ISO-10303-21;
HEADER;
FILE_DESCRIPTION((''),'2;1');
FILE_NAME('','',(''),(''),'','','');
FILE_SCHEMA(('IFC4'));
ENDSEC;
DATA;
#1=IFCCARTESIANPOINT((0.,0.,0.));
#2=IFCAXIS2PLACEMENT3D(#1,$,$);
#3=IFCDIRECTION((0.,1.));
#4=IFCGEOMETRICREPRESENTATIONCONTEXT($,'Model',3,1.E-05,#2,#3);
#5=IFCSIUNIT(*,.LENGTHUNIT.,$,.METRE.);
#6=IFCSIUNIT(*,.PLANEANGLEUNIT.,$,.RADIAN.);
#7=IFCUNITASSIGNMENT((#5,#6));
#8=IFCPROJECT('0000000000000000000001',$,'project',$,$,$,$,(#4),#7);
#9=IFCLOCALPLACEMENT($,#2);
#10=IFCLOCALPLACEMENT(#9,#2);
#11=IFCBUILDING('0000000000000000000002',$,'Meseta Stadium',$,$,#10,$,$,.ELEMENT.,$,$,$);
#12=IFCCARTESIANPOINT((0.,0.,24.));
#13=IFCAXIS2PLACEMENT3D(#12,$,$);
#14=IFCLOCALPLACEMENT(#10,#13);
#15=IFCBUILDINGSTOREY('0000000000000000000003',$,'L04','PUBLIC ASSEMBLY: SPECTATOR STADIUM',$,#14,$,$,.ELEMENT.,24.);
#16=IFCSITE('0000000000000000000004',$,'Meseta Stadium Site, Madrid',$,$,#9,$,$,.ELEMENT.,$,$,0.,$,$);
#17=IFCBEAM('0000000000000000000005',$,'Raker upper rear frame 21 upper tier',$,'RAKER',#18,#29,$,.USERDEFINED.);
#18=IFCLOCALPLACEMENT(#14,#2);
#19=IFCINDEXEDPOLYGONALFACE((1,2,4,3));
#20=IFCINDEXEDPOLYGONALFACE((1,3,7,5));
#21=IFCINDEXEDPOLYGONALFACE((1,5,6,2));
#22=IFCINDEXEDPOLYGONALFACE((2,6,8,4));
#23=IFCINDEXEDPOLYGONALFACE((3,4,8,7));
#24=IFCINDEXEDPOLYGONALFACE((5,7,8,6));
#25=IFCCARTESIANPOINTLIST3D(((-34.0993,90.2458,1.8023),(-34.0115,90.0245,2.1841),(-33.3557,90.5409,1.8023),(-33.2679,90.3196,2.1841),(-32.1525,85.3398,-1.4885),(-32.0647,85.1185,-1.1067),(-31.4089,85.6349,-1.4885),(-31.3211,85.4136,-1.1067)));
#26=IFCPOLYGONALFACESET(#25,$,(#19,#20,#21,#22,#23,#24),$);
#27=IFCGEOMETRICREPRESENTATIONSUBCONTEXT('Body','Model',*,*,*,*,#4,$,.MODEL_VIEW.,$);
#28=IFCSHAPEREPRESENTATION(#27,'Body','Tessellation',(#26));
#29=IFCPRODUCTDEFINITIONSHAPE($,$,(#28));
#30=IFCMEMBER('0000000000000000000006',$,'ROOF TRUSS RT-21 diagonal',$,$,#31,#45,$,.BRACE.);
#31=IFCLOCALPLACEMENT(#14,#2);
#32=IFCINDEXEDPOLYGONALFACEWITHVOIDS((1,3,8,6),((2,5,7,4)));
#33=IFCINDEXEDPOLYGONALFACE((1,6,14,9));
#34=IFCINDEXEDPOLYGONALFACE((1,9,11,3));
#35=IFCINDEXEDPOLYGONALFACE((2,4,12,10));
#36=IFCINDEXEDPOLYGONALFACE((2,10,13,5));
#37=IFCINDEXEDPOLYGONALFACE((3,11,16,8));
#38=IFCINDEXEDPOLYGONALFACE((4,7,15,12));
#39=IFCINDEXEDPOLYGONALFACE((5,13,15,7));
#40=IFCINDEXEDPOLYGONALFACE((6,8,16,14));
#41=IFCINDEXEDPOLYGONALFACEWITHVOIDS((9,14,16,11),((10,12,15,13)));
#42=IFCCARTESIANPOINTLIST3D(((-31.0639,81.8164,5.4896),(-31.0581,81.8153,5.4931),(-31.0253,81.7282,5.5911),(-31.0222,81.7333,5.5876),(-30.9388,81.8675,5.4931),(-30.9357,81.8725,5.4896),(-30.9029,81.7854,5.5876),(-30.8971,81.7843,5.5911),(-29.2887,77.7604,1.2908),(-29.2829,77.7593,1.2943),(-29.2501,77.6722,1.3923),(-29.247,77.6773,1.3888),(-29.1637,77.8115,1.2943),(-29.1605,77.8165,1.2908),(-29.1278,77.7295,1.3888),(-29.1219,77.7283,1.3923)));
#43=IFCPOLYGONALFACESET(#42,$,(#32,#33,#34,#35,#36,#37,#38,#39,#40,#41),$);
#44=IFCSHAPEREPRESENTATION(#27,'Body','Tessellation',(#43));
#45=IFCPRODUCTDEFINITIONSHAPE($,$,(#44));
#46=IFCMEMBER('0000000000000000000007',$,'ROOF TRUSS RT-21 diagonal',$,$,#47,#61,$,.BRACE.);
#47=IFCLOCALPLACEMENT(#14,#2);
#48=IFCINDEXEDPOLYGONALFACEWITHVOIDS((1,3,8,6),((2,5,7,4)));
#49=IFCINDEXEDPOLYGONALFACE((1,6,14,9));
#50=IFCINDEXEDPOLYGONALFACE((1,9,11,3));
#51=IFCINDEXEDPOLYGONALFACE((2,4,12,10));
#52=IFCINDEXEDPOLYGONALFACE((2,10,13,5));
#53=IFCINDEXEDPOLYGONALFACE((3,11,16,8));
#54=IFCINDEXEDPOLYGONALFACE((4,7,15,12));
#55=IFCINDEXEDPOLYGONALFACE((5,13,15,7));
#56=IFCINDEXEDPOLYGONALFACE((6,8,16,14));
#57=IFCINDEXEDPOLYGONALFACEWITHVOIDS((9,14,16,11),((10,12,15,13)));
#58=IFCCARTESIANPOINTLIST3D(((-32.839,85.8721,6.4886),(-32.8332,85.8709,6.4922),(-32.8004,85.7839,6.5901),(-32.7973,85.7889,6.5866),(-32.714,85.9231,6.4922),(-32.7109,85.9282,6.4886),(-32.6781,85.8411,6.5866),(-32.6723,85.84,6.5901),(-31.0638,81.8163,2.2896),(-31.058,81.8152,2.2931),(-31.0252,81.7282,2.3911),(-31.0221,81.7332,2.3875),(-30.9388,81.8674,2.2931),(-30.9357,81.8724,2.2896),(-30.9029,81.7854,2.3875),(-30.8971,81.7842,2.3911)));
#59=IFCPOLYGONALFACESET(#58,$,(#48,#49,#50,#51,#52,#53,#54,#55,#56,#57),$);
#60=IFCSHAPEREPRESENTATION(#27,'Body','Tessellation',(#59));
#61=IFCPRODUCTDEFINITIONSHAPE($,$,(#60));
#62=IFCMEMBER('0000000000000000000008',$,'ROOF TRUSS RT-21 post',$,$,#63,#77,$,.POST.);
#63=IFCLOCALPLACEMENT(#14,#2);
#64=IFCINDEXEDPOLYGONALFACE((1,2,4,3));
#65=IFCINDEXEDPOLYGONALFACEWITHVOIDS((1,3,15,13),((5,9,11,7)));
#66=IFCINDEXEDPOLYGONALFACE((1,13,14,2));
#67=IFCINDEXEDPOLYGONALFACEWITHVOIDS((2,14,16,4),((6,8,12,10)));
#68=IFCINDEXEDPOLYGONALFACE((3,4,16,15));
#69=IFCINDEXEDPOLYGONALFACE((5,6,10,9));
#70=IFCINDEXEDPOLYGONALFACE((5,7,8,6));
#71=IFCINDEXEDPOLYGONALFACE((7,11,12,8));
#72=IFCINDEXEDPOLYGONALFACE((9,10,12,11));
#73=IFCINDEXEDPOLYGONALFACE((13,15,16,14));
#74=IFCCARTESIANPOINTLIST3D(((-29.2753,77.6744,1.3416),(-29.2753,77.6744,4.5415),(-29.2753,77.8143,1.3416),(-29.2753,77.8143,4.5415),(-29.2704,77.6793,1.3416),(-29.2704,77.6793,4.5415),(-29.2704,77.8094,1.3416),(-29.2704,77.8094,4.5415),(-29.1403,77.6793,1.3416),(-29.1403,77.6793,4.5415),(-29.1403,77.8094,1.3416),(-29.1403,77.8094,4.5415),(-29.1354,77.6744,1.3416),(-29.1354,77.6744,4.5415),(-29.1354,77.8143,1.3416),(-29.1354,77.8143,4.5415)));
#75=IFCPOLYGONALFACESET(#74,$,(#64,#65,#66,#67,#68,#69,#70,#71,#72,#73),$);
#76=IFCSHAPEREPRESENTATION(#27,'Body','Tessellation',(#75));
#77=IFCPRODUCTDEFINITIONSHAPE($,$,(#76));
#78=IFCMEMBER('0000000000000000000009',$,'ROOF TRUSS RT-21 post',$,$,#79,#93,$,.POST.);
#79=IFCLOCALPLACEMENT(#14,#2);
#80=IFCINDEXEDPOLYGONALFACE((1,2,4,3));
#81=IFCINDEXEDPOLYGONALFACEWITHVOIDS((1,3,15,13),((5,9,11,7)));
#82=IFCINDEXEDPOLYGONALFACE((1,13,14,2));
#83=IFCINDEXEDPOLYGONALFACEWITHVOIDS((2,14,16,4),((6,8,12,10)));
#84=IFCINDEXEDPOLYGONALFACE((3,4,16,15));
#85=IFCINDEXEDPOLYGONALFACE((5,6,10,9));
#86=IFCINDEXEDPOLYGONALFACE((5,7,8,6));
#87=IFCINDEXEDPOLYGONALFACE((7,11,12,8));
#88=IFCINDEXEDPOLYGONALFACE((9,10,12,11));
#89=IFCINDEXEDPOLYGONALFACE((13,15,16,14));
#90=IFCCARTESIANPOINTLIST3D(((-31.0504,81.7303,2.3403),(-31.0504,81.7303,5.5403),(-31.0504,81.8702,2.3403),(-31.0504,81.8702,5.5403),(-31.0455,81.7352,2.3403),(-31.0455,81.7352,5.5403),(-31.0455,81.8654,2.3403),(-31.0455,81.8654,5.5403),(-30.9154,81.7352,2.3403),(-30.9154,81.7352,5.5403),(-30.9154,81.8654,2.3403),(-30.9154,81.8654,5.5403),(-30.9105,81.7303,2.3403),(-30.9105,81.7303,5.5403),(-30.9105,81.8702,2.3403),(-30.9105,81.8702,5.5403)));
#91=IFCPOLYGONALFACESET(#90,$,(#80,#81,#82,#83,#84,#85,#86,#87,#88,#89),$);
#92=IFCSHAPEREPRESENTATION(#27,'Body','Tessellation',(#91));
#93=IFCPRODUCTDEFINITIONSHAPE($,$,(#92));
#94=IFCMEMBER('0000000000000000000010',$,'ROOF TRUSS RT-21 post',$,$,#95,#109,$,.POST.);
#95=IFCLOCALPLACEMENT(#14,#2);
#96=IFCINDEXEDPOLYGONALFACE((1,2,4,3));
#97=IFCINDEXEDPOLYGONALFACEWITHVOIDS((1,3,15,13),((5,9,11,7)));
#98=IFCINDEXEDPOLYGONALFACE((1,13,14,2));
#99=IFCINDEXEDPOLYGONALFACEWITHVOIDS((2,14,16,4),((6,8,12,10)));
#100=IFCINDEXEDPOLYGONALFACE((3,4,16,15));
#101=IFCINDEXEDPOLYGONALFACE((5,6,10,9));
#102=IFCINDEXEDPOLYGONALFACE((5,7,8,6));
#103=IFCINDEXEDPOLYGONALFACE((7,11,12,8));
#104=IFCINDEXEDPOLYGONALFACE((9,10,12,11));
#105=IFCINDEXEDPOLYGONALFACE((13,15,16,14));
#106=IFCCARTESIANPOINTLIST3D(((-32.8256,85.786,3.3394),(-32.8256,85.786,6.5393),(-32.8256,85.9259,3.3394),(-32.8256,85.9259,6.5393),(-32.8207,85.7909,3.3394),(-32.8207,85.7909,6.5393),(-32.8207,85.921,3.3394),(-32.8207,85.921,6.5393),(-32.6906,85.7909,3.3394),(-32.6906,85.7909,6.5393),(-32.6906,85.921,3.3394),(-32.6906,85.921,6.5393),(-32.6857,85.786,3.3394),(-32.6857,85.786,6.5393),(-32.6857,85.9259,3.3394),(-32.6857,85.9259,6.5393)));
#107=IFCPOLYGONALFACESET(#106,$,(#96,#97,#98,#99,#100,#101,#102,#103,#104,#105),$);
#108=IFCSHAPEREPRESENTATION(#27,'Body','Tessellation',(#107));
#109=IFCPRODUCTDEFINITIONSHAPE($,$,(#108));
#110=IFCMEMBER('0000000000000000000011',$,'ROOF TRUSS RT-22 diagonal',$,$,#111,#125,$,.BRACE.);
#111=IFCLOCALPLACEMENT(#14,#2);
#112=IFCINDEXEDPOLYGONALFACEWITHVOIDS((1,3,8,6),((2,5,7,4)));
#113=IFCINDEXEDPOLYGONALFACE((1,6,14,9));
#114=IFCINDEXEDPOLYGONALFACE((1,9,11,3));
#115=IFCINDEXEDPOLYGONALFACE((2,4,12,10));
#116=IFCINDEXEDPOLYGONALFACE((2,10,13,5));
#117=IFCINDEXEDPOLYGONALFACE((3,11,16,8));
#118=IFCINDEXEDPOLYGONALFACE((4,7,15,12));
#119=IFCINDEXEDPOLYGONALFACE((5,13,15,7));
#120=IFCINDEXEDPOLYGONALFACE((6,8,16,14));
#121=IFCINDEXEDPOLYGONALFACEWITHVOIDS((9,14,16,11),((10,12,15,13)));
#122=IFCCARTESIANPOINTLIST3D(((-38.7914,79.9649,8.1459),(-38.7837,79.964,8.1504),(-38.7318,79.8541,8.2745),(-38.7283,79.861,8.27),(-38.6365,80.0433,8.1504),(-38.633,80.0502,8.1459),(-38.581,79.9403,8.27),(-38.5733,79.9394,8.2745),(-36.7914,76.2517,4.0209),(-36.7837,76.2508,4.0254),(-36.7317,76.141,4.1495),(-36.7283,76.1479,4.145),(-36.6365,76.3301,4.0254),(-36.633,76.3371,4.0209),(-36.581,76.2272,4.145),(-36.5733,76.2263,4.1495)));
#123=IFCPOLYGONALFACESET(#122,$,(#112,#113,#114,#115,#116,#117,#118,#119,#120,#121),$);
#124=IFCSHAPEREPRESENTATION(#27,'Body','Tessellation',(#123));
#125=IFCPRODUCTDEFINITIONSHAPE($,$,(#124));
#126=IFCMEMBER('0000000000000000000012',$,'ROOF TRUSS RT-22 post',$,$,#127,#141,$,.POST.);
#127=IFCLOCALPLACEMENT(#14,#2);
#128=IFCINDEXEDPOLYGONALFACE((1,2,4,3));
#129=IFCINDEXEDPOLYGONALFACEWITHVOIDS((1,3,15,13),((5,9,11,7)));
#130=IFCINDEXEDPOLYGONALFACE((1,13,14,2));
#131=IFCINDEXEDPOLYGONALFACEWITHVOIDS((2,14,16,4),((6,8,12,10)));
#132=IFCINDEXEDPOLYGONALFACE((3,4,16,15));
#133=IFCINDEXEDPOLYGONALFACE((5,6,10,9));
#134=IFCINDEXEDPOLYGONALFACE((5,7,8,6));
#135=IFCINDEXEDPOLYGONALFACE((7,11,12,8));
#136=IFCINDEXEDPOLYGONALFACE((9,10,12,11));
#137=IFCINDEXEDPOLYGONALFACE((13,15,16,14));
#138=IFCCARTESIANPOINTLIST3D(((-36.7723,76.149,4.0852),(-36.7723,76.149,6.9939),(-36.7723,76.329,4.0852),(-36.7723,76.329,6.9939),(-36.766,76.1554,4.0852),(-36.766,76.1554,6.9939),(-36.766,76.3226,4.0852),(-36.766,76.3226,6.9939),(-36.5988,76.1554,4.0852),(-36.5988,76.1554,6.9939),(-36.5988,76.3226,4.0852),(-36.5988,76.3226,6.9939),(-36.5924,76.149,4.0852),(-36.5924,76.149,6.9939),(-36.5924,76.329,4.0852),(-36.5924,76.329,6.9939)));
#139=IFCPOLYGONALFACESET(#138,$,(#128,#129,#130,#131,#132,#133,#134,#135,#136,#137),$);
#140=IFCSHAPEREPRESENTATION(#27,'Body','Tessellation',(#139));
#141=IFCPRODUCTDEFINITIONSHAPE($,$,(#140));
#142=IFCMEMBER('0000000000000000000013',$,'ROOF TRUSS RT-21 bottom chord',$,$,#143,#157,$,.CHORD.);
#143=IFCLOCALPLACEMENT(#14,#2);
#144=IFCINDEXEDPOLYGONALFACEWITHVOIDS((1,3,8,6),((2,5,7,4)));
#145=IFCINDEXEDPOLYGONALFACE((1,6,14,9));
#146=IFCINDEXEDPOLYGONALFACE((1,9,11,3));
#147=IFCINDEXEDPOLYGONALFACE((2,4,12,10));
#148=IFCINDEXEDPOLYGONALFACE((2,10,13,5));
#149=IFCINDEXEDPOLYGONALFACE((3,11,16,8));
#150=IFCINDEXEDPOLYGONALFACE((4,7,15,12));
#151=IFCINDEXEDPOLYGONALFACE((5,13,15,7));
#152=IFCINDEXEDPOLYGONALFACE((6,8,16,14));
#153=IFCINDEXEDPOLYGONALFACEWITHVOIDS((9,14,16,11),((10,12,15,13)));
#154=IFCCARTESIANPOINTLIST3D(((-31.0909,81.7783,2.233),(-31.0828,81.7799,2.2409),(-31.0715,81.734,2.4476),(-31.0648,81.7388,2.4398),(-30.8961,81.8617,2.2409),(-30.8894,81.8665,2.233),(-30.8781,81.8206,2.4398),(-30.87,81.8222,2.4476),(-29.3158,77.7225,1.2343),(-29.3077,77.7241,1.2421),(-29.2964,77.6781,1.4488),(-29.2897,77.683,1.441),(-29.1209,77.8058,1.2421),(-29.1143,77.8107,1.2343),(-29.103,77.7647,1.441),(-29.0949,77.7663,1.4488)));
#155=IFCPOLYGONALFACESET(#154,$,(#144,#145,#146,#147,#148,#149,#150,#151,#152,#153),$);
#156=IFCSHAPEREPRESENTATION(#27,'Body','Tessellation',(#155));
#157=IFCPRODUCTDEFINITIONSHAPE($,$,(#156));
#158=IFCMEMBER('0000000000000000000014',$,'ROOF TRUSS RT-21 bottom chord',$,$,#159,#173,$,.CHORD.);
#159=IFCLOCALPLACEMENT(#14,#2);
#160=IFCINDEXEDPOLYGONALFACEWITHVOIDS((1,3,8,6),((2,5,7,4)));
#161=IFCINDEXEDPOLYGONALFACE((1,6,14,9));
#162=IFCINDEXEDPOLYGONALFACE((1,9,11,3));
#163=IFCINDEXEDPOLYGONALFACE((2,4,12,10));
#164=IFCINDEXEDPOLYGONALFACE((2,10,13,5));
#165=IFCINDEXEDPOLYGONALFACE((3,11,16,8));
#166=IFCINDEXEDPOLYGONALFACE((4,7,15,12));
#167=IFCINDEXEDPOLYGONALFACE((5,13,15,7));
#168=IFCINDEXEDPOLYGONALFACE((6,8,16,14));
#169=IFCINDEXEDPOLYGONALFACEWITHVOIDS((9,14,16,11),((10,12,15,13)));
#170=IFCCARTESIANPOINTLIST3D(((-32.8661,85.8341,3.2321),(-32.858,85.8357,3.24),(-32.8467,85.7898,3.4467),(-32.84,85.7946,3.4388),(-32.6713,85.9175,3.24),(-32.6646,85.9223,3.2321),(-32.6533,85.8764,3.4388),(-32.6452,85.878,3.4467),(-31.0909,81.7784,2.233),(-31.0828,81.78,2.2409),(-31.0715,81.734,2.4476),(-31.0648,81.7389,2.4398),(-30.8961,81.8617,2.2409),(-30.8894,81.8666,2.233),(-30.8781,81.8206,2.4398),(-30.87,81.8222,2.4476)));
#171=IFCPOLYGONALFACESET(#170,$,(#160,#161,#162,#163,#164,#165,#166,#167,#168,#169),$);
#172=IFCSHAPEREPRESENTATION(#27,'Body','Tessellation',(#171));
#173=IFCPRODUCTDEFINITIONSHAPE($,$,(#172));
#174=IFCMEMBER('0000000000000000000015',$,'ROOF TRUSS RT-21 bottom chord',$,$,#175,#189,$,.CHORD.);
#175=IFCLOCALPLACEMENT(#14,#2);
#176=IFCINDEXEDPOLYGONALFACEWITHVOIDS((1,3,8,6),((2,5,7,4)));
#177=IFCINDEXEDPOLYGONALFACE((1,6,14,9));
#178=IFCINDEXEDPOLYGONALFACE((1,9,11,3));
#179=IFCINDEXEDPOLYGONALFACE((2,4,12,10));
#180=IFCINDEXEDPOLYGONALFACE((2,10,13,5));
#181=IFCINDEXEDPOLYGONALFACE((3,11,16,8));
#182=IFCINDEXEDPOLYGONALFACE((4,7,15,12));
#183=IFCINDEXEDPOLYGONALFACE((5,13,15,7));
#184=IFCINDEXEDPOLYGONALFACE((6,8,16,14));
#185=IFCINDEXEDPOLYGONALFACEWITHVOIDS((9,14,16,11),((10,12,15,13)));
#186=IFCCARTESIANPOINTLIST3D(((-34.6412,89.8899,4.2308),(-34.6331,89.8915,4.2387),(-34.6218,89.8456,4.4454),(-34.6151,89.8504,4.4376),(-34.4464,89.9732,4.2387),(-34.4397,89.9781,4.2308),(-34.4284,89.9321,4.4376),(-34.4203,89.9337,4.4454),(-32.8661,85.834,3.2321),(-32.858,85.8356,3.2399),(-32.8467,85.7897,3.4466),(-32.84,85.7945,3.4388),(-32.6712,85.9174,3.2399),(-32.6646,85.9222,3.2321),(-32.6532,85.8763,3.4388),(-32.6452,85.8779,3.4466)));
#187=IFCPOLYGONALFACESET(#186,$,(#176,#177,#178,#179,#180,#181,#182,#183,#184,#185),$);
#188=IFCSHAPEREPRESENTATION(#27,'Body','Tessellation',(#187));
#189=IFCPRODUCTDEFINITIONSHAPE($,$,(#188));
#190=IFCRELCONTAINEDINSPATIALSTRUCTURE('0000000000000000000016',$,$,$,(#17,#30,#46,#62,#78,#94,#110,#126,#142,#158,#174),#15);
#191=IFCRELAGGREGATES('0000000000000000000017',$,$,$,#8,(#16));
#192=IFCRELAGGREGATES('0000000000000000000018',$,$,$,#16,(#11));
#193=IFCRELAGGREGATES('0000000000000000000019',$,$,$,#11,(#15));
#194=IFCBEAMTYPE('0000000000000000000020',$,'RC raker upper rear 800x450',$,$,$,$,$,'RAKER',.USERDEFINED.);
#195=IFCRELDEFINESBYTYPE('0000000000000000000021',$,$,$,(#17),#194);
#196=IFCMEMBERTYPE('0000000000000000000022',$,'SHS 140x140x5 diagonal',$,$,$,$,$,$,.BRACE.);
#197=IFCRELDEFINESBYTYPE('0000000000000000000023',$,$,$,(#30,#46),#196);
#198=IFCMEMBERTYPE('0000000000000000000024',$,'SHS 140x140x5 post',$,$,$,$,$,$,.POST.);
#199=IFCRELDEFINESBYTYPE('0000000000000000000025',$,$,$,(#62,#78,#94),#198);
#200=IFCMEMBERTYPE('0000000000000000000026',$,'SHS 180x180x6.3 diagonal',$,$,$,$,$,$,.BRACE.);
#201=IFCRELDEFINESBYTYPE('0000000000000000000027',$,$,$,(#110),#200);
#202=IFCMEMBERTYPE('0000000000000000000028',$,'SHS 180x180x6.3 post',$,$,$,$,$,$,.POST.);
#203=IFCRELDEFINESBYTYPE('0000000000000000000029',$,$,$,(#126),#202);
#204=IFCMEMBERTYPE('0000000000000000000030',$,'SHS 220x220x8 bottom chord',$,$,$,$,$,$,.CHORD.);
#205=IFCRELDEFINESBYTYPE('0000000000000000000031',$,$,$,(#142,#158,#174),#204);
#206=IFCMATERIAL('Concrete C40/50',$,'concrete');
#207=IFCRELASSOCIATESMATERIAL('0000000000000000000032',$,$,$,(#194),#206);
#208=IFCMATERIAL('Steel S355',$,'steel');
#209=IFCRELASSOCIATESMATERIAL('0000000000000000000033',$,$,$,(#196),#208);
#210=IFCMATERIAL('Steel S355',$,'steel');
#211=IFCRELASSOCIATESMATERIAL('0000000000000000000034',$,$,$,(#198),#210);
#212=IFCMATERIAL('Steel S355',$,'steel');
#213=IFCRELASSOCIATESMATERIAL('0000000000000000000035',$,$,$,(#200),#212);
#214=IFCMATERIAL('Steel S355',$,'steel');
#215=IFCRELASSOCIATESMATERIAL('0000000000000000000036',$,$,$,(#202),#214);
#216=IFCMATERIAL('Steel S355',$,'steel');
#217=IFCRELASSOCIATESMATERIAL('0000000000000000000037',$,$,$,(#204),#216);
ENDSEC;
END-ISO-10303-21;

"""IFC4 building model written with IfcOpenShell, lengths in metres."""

from ifc_helpers import new_model, si_unit, direction, frame, origin, origin_2d, place, context, subcontext, project, spatial, rectangle, hollow_rectangle, extrude, material, material_profile, profile_set, type_object, element, save


model = new_model("IFC4")

# Units and contexts
model_context = context("Model", 3, precision=1e-05, world=origin(), true_north=direction((0.0, 1.0)))
body_context = subcontext(model_context, "Body", "Model", "MODEL_VIEW")
ifc_project = project(units=[si_unit("LENGTHUNIT", "METRE"), si_unit("PLANEANGLEUNIT", "RADIAN")], contexts=[model_context])

# Site, building, storey
site_placement = place(None, origin())
site = spatial("IfcSite", under=ifc_project, at=site_placement, Name="Meseta Stadium Site, Madrid", CompositionType="ELEMENT", RefElevation=0.0)
building_placement = place(site_placement, origin())
building = spatial("IfcBuilding", under=site, at=building_placement, Name="Meseta Stadium", CompositionType="ELEMENT")
storey_placement = place(building_placement, frame((0.0, 0.0, 24.0)))
storey = spatial("IfcBuildingStorey", under=building, at=storey_placement, Name="L04", Description="PUBLIC ASSEMBLY: SPECTATOR STADIUM", CompositionType="ELEMENT", Elevation=24.0)

# Beam
ifc_material_1 = material(Name="Concrete C40/50", Category="concrete")
ifc_material_profile_1 = material_profile(ifc_material_1, rectangle(XDim=0.8, YDim=0.45, at=origin_2d()), Name="RC 800x450")
ifc_profile_set_1 = profile_set([ifc_material_profile_1], Name="Concrete C40/50")
beam_type = type_object("IfcBeamType", Name="RC raker upper rear 800x450", ElementType="RAKER", PredefinedType="USERDEFINED", material=ifc_profile_set_1)
beam_placement = place(storey_placement, frame((-31.7368, 85.3767, -1.2976), z_axis=(-0.312988, 0.788751, 0.529066), x_axis=(-0.929494, -0.368837, 0.0)))
element("IfcBeam", 1, at=beam_placement, inside=storey, type_object=beam_type, Name="Raker upper rear frame 21 upper tier", ObjectType="RAKER", PredefinedType="USERDEFINED", context=body_context, shape_type="SweptSolid", body=[
    extrude(rectangle(XDim=0.8, YDim=0.45, at=origin_2d()), origin(), (0.0, 0.0, 1.0), 6.22),
])

# Members
ifc_material_2 = material(Name="Steel S355", Category="steel")
ifc_material_profile_2 = material_profile(ifc_material_2, hollow_rectangle(XDim=0.1399, YDim=0.1399, WallThickness=0.0049, at=origin_2d()), Name="SHS 140x140x5")
ifc_profile_set_2 = profile_set([ifc_material_profile_2], Name="Steel S355")
member_type_1 = type_object("IfcMemberType", Name="SHS 140x140x5 diagonal", PredefinedType="BRACE", material=ifc_profile_set_2)
for number, where, z_axis, x_axis, name in (
    (2, (-29.2053, 77.7444, 1.3416), (-0.290926, 0.664717, 0.688123), (-0.9161, -0.400949, 0.0), "ROOF TRUSS RT-21 diagonal"),
    (3, (-30.9805, 81.8003, 2.3403), (-0.290926, 0.664676, 0.688163), (-0.916092, -0.400969, 0.0), "ROOF TRUSS RT-21 diagonal"),
):
    element("IfcMember", number, at=place(storey_placement, frame(where, z_axis=z_axis, x_axis=x_axis)), inside=storey, type_object=member_type_1, Name=name, PredefinedType="BRACE", context=body_context, shape_type="SweptSolid", body=[
        extrude(hollow_rectangle(XDim=0.1399, YDim=0.1399, WallThickness=0.0049, at=origin_2d()), origin(), (0.0, 0.0, 1.0), 6.1018),
    ])
ifc_material_3 = material(Name="Steel S355", Category="steel")
ifc_material_profile_3 = material_profile(ifc_material_3, hollow_rectangle(XDim=0.1399, YDim=0.1399, WallThickness=0.0049, at=origin_2d()), Name="SHS 140x140x5")
ifc_profile_set_3 = profile_set([ifc_material_profile_3], Name="Steel S355")
member_type_2 = type_object("IfcMemberType", Name="SHS 140x140x5 post", PredefinedType="POST", material=ifc_profile_set_3)
for number, where, z_axis, x_axis, name in (
    (4, (-29.2053, 77.7444, 1.3416), (0.0, 0.0, 1.0), (1.0, 0.0, 0.0), "ROOF TRUSS RT-21 post"),
    (5, (-30.9805, 81.8003, 2.3403), (0.0, 0.0, 1.0), (1.0, 0.0, 0.0), "ROOF TRUSS RT-21 post"),
    (6, (-32.7556, 85.856, 3.3394), (0.0, 0.0, 1.0), (1.0, 0.0, 0.0), "ROOF TRUSS RT-21 post"),
):
    element("IfcMember", number, at=place(storey_placement, frame(where, z_axis=z_axis, x_axis=x_axis)), inside=storey, type_object=member_type_2, Name=name, PredefinedType="POST", context=body_context, shape_type="SweptSolid", body=[
        extrude(hollow_rectangle(XDim=0.1399, YDim=0.1399, WallThickness=0.0049, at=origin_2d()), origin(), (0.0, 0.0, 1.0), 3.2),
    ])
ifc_material_4 = material(Name="Steel S355", Category="steel")
ifc_material_profile_4 = material_profile(ifc_material_4, hollow_rectangle(XDim=0.1799, YDim=0.1799, WallThickness=0.0063, at=origin_2d()), Name="SHS 180x180x6.3")
ifc_profile_set_4 = profile_set([ifc_material_profile_4], Name="Steel S355")
member_type_3 = type_object("IfcMemberType", Name="SHS 180x180x6.3 diagonal", PredefinedType="BRACE", material=ifc_profile_set_4)
member_1_placement = place(storey_placement, frame((-36.6824, 76.239, 4.0852), z_axis=(-0.339017, 0.629408, 0.699223), x_axis=(-0.88041, -0.474214, 0.0)))
element("IfcMember", 7, at=member_1_placement, inside=storey, type_object=member_type_3, Name="ROOF TRUSS RT-22 diagonal", PredefinedType="BRACE", context=body_context, shape_type="SweptSolid", body=[
    extrude(hollow_rectangle(XDim=0.1799, YDim=0.1799, WallThickness=0.0063, at=origin_2d()), origin(), (0.0, 0.0, 1.0), 5.8994),
])
ifc_material_5 = material(Name="Steel S355", Category="steel")
ifc_material_profile_5 = material_profile(ifc_material_5, hollow_rectangle(XDim=0.1799, YDim=0.1799, WallThickness=0.0063, at=origin_2d()), Name="SHS 180x180x6.3")
ifc_profile_set_5 = profile_set([ifc_material_profile_5], Name="Steel S355")
member_type_4 = type_object("IfcMemberType", Name="SHS 180x180x6.3 post", PredefinedType="POST", material=ifc_profile_set_5)
member_2_placement = place(storey_placement, frame((-36.6824, 76.239, 4.0852), z_axis=(0.0, 0.0, 1.0), x_axis=(1.0, 0.0, 0.0)))
element("IfcMember", 8, at=member_2_placement, inside=storey, type_object=member_type_4, Name="ROOF TRUSS RT-22 post", PredefinedType="POST", context=body_context, shape_type="SweptSolid", body=[
    extrude(hollow_rectangle(XDim=0.1799, YDim=0.1799, WallThickness=0.0063, at=origin_2d()), origin(), (0.0, 0.0, 1.0), 2.9087),
])
ifc_material_6 = material(Name="Steel S355", Category="steel")
ifc_material_profile_6 = material_profile(ifc_material_6, hollow_rectangle(XDim=0.22, YDim=0.22, WallThickness=0.0081, at=origin_2d()), Name="SHS 220x220x8")
ifc_profile_set_6 = profile_set([ifc_material_profile_6], Name="Steel S355")
member_type_5 = type_object("IfcMemberType", Name="SHS 220x220x8 bottom chord", PredefinedType="CHORD", material=ifc_profile_set_6)
for number, where, z_axis, x_axis, name in (
    (9, (-29.2053, 77.7444, 1.3416), (-0.39112, 0.893643, 0.220062), (-0.9161, -0.400949, 0.0), "ROOF TRUSS RT-21 bottom chord"),
    (10, (-30.9805, 81.8003, 2.3403), (-0.391134, 0.893622, 0.220124), (-0.916092, -0.400969, 0.0), "ROOF TRUSS RT-21 bottom chord"),
    (11, (-32.7556, 85.856, 3.3394), (-0.39112, 0.893643, 0.220062), (-0.9161, -0.400949, 0.0), "ROOF TRUSS RT-21 bottom chord"),
):
    element("IfcMember", number, at=place(storey_placement, frame(where, z_axis=z_axis, x_axis=x_axis)), inside=storey, type_object=member_type_5, Name=name, PredefinedType="CHORD", context=body_context, shape_type="SweptSolid", body=[
        extrude(hollow_rectangle(XDim=0.22, YDim=0.22, WallThickness=0.0081, at=origin_2d()), origin(), (0.0, 0.0, 1.0), 4.5386),
    ])

save(model, "model.ifc")
